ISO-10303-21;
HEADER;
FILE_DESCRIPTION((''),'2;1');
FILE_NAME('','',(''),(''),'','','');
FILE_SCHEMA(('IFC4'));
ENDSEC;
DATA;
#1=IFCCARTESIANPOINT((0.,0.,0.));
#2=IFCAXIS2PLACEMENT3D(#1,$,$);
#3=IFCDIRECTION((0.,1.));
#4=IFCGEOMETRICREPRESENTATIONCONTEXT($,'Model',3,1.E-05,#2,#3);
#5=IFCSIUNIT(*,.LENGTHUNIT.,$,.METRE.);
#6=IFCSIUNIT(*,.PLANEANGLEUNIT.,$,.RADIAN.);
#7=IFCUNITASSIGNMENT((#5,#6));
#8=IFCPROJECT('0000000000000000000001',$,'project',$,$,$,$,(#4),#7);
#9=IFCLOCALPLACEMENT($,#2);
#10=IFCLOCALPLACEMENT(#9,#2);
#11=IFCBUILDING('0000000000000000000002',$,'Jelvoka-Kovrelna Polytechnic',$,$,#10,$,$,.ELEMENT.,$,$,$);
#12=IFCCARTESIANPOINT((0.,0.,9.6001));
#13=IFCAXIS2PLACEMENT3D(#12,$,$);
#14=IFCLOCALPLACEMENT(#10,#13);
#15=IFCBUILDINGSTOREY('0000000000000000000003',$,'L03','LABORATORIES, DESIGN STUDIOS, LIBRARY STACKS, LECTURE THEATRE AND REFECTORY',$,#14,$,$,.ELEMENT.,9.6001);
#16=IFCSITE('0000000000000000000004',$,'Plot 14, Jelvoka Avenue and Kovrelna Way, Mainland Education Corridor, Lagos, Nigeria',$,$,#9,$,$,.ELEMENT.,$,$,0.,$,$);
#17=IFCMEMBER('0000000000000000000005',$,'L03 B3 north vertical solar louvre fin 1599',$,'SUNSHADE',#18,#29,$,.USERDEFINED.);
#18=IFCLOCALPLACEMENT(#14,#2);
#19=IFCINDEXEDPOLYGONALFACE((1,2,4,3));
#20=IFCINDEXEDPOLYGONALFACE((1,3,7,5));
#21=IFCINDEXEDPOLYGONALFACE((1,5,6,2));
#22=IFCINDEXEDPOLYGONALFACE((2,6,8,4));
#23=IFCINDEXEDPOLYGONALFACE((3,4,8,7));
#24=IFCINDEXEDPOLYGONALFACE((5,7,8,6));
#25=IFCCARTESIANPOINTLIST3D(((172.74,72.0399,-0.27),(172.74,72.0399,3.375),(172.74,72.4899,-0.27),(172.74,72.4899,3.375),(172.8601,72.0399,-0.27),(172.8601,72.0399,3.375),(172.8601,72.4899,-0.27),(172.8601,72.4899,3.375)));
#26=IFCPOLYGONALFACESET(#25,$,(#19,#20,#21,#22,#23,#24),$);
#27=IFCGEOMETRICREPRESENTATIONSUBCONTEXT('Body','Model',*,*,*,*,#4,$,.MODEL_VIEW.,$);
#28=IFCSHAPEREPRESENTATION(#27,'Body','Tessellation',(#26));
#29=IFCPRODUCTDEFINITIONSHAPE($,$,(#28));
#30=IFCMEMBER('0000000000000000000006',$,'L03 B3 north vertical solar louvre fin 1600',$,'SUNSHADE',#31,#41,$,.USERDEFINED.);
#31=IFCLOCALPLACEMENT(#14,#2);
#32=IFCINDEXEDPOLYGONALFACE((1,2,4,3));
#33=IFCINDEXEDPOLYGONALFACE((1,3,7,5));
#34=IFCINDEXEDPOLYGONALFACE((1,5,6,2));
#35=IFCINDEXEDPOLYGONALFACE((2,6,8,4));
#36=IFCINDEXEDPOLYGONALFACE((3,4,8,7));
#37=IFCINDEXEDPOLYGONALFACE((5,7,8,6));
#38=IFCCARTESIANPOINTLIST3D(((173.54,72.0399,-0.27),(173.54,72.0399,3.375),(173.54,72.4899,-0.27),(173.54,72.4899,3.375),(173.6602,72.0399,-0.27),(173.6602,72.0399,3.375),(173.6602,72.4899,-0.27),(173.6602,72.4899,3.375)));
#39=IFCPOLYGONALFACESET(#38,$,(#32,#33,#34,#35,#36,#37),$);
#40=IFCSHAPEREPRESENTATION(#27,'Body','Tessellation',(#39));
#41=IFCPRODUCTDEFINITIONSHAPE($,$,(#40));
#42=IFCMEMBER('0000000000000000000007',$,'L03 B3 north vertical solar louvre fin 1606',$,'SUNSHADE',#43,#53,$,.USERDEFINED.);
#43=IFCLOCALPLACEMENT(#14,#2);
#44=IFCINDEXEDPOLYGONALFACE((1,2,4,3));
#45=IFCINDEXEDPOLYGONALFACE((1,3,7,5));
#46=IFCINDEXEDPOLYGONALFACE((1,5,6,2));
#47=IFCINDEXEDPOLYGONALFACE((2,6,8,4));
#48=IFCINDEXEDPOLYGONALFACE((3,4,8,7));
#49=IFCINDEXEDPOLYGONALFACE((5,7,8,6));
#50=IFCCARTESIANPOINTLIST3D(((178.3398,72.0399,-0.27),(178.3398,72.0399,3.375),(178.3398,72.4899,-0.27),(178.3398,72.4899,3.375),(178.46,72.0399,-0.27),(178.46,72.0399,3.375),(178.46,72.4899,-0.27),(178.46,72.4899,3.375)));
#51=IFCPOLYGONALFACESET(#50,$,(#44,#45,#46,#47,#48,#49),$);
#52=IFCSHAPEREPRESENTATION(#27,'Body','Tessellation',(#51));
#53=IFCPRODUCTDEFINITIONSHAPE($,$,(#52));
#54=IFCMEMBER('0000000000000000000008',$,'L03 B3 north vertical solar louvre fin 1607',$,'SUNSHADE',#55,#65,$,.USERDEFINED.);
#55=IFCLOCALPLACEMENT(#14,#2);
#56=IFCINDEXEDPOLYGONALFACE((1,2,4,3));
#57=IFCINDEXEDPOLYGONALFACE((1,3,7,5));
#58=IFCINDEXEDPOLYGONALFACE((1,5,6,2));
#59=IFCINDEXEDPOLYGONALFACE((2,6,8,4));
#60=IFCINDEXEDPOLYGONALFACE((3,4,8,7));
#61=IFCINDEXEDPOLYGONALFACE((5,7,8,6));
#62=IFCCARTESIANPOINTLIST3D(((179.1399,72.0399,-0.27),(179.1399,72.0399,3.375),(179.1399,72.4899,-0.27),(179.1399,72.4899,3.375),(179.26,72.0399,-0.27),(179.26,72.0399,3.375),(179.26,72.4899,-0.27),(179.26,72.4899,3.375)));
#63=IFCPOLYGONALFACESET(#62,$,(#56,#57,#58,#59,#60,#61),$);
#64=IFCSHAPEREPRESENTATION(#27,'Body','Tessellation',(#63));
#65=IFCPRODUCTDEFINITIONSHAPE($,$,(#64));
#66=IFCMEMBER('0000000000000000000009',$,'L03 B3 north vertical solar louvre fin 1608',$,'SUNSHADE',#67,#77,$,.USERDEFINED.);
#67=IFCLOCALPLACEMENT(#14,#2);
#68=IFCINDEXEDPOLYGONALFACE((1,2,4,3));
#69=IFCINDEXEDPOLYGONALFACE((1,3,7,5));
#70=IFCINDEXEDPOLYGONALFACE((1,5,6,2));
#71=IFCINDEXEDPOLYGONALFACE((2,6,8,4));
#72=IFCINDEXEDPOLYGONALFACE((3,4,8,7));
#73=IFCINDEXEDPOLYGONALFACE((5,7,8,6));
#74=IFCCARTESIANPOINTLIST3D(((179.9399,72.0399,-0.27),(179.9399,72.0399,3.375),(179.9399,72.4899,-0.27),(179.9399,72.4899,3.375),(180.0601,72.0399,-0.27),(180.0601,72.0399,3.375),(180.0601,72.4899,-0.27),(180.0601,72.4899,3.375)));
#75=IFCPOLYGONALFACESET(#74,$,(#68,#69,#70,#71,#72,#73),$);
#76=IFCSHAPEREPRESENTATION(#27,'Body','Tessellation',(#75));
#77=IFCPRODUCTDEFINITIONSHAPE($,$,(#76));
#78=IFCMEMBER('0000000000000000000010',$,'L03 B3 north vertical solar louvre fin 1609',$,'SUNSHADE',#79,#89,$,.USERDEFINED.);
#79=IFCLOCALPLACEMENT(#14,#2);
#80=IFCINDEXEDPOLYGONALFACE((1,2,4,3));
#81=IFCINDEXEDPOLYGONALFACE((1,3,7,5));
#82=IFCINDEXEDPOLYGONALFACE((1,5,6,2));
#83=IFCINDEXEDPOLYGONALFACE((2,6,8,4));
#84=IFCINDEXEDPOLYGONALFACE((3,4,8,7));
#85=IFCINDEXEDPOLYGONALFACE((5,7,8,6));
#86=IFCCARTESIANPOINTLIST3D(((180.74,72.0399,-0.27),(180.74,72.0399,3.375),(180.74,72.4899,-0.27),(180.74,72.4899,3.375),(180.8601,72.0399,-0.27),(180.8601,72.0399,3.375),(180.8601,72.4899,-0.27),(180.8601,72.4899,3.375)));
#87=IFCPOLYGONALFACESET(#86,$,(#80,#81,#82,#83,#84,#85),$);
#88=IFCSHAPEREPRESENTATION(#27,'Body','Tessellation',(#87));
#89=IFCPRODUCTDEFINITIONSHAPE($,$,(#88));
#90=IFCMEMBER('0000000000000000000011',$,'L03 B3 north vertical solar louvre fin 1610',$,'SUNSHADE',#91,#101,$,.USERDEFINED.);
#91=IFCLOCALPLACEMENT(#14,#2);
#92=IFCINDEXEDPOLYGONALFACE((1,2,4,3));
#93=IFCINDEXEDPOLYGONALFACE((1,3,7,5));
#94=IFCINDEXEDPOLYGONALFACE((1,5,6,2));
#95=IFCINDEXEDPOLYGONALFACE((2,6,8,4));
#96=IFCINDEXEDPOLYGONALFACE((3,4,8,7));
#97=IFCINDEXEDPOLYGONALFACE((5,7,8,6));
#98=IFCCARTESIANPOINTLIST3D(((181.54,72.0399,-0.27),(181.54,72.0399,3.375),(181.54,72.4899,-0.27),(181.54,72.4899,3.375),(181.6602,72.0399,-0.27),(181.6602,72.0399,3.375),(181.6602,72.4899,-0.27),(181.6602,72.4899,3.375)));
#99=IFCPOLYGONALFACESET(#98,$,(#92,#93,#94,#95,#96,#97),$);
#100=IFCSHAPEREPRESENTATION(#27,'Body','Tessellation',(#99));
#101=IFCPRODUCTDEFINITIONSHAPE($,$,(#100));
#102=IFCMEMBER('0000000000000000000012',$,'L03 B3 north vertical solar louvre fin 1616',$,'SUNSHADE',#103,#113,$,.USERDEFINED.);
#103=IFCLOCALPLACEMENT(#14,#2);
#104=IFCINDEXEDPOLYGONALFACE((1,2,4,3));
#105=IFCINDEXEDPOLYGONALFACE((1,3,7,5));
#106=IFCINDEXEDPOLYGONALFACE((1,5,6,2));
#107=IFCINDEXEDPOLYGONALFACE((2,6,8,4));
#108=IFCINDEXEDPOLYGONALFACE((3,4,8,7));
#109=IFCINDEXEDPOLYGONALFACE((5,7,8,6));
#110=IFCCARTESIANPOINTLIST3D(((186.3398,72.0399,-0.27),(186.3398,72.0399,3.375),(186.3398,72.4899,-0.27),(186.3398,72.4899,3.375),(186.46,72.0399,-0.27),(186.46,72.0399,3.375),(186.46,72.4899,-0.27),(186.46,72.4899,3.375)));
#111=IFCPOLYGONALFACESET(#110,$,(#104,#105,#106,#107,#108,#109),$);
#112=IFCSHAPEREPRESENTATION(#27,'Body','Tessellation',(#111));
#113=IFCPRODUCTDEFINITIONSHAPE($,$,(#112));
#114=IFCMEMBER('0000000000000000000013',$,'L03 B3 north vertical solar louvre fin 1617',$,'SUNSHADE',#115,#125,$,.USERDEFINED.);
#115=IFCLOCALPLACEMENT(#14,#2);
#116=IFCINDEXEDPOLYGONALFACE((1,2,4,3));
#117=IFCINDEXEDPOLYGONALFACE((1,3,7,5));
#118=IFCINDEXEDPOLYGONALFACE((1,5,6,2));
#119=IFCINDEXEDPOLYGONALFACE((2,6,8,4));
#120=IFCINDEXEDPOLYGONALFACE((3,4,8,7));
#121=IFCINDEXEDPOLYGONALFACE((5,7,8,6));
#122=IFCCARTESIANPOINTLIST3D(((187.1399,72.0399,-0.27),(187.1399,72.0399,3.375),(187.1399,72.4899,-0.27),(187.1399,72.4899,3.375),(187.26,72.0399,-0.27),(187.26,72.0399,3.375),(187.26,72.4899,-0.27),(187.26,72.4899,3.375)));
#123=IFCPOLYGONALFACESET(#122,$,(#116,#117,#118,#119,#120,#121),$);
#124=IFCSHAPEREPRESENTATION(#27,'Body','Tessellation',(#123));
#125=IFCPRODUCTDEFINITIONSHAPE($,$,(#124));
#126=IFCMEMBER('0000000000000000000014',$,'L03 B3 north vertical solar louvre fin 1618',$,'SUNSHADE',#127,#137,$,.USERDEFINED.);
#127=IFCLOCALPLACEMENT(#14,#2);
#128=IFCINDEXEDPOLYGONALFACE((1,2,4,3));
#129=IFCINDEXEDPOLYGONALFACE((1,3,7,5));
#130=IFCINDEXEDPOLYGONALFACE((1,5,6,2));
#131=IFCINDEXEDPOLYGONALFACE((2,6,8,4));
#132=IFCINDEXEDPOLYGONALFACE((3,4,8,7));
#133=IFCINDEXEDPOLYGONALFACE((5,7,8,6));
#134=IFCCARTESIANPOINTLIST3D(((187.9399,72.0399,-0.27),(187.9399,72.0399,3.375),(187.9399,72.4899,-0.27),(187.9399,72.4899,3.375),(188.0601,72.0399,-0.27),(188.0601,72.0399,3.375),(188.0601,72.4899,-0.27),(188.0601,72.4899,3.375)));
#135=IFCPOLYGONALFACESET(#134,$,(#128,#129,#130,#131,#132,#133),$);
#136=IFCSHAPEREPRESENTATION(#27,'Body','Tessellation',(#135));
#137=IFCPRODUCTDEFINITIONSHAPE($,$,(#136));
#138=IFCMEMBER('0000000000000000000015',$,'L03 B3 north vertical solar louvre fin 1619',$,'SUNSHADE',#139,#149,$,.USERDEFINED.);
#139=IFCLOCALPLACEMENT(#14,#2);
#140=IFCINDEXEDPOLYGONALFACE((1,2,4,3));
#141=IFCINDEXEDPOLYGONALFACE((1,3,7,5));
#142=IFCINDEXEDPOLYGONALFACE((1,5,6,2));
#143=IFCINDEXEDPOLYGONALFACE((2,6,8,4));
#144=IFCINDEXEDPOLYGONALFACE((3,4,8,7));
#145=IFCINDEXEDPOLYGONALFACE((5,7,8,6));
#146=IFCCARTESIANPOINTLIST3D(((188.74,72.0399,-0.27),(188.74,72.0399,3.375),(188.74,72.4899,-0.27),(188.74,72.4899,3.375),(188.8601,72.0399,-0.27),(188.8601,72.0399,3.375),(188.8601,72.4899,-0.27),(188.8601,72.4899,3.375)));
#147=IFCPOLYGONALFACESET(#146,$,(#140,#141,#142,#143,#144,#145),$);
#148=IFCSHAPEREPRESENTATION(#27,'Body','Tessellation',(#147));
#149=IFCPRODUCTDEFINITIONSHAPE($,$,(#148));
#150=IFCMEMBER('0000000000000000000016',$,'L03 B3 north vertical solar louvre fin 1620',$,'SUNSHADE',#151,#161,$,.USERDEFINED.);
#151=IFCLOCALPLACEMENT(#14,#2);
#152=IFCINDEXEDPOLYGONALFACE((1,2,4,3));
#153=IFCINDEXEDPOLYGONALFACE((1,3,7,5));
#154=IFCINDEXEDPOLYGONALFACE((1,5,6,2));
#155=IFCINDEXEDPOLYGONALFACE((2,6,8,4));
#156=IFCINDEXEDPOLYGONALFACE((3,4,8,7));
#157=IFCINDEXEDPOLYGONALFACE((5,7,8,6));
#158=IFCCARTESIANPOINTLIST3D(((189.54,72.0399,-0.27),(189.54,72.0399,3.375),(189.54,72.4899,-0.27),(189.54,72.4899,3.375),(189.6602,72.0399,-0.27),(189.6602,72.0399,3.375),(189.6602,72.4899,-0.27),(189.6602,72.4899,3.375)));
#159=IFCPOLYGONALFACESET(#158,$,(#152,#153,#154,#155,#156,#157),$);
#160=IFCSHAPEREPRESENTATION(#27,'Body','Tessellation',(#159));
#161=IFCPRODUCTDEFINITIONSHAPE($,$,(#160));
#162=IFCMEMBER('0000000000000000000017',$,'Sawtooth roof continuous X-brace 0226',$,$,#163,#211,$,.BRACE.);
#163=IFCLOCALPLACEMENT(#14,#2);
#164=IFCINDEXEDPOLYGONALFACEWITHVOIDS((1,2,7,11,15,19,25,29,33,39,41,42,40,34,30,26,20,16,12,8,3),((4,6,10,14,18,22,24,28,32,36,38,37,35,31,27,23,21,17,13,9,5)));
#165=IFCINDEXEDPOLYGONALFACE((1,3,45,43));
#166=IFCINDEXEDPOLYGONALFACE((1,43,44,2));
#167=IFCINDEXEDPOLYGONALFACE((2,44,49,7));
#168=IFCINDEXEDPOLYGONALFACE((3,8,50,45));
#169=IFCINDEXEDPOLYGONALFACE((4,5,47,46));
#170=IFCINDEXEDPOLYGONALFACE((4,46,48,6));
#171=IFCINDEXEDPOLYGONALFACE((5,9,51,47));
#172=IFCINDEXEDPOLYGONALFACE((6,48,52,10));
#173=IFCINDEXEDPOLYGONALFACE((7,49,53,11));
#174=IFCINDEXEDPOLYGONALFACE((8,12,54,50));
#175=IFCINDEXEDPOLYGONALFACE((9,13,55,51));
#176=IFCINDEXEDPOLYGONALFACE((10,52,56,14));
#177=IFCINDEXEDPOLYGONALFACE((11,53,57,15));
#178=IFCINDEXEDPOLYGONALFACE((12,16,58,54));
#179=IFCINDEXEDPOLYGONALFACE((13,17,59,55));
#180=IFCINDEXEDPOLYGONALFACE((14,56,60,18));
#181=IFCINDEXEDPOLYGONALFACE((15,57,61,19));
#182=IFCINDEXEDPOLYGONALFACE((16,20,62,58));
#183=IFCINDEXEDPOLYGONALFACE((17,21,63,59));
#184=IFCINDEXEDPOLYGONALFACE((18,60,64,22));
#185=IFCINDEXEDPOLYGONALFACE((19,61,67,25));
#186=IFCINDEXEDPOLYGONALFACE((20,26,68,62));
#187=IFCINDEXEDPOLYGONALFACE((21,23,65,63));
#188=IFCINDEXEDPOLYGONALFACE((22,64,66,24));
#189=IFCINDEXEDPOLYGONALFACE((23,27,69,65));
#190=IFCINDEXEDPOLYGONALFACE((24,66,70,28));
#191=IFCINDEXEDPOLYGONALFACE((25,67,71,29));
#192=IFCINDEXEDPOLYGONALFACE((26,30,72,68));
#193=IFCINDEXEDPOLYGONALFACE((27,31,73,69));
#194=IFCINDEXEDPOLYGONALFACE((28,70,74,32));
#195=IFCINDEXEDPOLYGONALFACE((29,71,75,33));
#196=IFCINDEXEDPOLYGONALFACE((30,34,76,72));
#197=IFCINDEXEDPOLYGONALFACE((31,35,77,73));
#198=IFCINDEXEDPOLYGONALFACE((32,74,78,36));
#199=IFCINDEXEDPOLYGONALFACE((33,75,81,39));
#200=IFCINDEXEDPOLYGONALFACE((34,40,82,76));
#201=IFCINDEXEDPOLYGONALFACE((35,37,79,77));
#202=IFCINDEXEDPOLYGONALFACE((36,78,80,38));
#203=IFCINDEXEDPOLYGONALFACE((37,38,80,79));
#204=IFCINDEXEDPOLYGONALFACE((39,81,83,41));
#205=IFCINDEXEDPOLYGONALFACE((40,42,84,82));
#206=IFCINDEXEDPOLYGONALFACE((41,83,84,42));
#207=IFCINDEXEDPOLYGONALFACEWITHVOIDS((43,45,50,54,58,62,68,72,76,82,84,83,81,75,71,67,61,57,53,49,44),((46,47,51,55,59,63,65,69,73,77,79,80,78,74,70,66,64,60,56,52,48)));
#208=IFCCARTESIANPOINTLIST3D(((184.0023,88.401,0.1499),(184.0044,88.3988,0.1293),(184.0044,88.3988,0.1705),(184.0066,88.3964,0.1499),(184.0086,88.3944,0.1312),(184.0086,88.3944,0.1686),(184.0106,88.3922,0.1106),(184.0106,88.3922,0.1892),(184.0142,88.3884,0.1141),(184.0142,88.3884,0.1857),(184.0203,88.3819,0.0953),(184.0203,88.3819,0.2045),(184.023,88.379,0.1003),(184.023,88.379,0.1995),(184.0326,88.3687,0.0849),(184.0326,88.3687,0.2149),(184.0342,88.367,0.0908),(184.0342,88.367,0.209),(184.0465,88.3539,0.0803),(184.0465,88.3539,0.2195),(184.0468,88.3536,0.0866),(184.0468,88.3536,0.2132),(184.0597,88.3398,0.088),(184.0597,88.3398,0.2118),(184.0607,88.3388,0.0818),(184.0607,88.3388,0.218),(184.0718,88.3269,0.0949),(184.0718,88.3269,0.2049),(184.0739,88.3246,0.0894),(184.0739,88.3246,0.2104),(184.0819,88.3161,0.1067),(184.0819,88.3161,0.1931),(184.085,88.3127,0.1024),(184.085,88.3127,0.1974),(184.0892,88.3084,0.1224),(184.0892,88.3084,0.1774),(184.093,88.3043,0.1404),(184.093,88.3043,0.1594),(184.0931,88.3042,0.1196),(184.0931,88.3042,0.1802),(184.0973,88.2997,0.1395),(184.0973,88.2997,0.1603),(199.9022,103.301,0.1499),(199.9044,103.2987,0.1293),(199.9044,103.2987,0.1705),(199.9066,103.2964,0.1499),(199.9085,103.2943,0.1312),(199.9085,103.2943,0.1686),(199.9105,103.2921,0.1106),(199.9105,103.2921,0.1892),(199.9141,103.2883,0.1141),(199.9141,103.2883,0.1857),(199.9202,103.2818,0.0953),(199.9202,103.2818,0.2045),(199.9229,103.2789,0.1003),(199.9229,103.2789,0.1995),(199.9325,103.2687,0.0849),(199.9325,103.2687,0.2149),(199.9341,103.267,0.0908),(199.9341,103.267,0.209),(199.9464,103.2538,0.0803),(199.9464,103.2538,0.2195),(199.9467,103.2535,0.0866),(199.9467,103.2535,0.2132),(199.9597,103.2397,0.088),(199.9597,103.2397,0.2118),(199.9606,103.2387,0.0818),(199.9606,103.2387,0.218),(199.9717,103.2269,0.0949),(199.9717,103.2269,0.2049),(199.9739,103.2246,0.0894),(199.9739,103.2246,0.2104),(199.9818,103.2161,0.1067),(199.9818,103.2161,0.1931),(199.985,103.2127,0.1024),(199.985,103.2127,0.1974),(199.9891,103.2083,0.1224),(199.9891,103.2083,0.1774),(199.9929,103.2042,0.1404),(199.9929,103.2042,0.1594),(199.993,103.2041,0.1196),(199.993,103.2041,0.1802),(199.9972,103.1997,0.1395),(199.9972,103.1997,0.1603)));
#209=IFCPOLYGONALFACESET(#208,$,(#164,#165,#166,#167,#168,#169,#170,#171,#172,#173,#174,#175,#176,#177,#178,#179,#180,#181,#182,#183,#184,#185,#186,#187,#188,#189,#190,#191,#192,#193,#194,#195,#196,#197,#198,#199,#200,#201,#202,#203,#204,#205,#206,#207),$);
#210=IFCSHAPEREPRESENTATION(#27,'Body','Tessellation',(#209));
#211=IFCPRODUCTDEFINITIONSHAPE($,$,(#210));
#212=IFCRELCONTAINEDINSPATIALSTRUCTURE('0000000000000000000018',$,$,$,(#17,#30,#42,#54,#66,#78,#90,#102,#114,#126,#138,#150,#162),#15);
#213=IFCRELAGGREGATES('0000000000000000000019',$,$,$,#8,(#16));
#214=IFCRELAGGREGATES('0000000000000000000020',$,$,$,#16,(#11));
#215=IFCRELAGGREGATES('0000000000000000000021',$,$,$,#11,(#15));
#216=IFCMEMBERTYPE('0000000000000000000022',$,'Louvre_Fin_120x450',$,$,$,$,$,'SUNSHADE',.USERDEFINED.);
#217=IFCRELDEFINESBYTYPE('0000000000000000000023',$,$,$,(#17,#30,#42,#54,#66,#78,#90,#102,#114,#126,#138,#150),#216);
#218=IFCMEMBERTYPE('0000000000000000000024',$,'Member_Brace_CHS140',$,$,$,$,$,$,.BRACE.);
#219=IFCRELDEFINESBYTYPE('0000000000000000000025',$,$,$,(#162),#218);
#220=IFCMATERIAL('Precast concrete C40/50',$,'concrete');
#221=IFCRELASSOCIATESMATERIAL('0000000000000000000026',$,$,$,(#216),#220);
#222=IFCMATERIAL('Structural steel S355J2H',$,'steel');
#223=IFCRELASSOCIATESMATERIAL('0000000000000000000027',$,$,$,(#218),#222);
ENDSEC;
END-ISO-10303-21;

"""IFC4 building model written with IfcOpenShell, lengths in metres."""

from ifc_helpers import new_model, si_unit, direction, frame, origin, origin_2d, place, context, subcontext, project, spatial, rectangle, hollow_circle, extrude, material, material_profile, profile_set, type_object, element, save


model = new_model("IFC4")

# Units and contexts
model_context = context("Model", 3, precision=1e-05, world=origin(), true_north=direction((0.0, 1.0)))
body_context = subcontext(model_context, "Body", "Model", "MODEL_VIEW")
ifc_project = project(units=[si_unit("LENGTHUNIT", "METRE"), si_unit("PLANEANGLEUNIT", "RADIAN")], contexts=[model_context])

# Site, building, storey
site_placement = place(None, origin())
site = spatial("IfcSite", under=ifc_project, at=site_placement, Name="Plot 14, Jelvoka Avenue and Kovrelna Way, Mainland Education Corridor, Lagos, Nigeria", CompositionType="ELEMENT", RefElevation=0.0)
building_placement = place(site_placement, origin())
building = spatial("IfcBuilding", under=site, at=building_placement, Name="Jelvoka-Kovrelna Polytechnic", CompositionType="ELEMENT")
storey_placement = place(building_placement, frame((0.0, 0.0, 9.6001)))
storey = spatial("IfcBuildingStorey", under=building, at=storey_placement, Name="L03", Description="LABORATORIES, DESIGN STUDIOS, LIBRARY STACKS, LECTURE THEATRE AND REFECTORY", CompositionType="ELEMENT", Elevation=9.6001)

# Members
ifc_material_1 = material(Name="Precast concrete C40/50", Category="concrete")
ifc_material_profile_1 = material_profile(ifc_material_1, rectangle(XDim=0.1201, YDim=0.45, at=origin_2d()), Name="PC 120x450")
ifc_profile_set_1 = profile_set([ifc_material_profile_1], Name="Precast concrete C40/50")
member_type_1 = type_object("IfcMemberType", Name="Louvre_Fin_120x450", ElementType="SUNSHADE", PredefinedType="USERDEFINED", material=ifc_profile_set_1)
for number, where, z_axis, x_axis, name in (
    (1, (172.8, 72.2649, -0.27), (0.0, 0.0, 1.0), (1.0, 0.0, 0.0), "L03 B3 north vertical solar louvre fin 1599"),
    (2, (173.6001, 72.2649, -0.27), (0.0, 0.0, 1.0), (1.0, 0.0, 0.0), "L03 B3 north vertical solar louvre fin 1600"),
    (3, (178.3999, 72.2649, -0.27), (0.0, 0.0, 1.0), (1.0, 0.0, 0.0), "L03 B3 north vertical solar louvre fin 1606"),
    (4, (179.2, 72.2649, -0.27), (0.0, 0.0, 1.0), (1.0, 0.0, 0.0), "L03 B3 north vertical solar louvre fin 1607"),
    (5, (180.0, 72.2649, -0.27), (0.0, 0.0, 1.0), (1.0, 0.0, 0.0), "L03 B3 north vertical solar louvre fin 1608"),
    (6, (180.8, 72.2649, -0.27), (0.0, 0.0, 1.0), (1.0, 0.0, 0.0), "L03 B3 north vertical solar louvre fin 1609"),
    (7, (181.6001, 72.2649, -0.27), (0.0, 0.0, 1.0), (1.0, 0.0, 0.0), "L03 B3 north vertical solar louvre fin 1610"),
    (8, (186.3999, 72.2649, -0.27), (0.0, 0.0, 1.0), (1.0, 0.0, 0.0), "L03 B3 north vertical solar louvre fin 1616"),
    (9, (187.2, 72.2649, -0.27), (0.0, 0.0, 1.0), (1.0, 0.0, 0.0), "L03 B3 north vertical solar louvre fin 1617"),
    (10, (188.0, 72.2649, -0.27), (0.0, 0.0, 1.0), (1.0, 0.0, 0.0), "L03 B3 north vertical solar louvre fin 1618"),
    (11, (188.8, 72.2649, -0.27), (0.0, 0.0, 1.0), (1.0, 0.0, 0.0), "L03 B3 north vertical solar louvre fin 1619"),
    (12, (189.6001, 72.2649, -0.27), (0.0, 0.0, 1.0), (1.0, 0.0, 0.0), "L03 B3 north vertical solar louvre fin 1620"),
):
    element("IfcMember", number, at=place(storey_placement, frame(where, z_axis=z_axis, x_axis=x_axis)), inside=storey, type_object=member_type_1, Name=name, ObjectType="SUNSHADE", PredefinedType="USERDEFINED", context=body_context, shape_type="SweptSolid", body=[
        extrude(rectangle(XDim=0.1201, YDim=0.45, at=origin_2d()), origin(), (0.0, 0.0, 1.0), 3.645),
    ])
ifc_material_2 = material(Name="Structural steel S355J2H", Category="steel")
ifc_material_profile_2 = material_profile(ifc_material_2, hollow_circle(Radius=0.0698, WallThickness=0.0063, at=origin_2d()), Name="139.7x6.3 CHS")
ifc_profile_set_2 = profile_set([ifc_material_profile_2], Name="Structural steel S355J2H")
member_type_2 = type_object("IfcMemberType", Name="Member_Brace_CHS140", PredefinedType="BRACE", material=ifc_profile_set_2)
member_1_placement = place(storey_placement, frame((184.05, 88.3501, 0.1499), z_axis=(0.72968, 0.683788, 0.0), x_axis=(-0.683788, 0.72968, 0.0)))
element("IfcMember", 13, at=member_1_placement, inside=storey, type_object=member_type_2, Name="Sawtooth roof continuous X-brace 0226", PredefinedType="BRACE", context=body_context, shape_type="SweptSolid", body=[
    extrude(hollow_circle(Radius=0.0698, WallThickness=0.0063, at=origin_2d()), origin(), (0.0, 0.0, 1.0), 21.7903),
])

save(model, "model.ifc")
